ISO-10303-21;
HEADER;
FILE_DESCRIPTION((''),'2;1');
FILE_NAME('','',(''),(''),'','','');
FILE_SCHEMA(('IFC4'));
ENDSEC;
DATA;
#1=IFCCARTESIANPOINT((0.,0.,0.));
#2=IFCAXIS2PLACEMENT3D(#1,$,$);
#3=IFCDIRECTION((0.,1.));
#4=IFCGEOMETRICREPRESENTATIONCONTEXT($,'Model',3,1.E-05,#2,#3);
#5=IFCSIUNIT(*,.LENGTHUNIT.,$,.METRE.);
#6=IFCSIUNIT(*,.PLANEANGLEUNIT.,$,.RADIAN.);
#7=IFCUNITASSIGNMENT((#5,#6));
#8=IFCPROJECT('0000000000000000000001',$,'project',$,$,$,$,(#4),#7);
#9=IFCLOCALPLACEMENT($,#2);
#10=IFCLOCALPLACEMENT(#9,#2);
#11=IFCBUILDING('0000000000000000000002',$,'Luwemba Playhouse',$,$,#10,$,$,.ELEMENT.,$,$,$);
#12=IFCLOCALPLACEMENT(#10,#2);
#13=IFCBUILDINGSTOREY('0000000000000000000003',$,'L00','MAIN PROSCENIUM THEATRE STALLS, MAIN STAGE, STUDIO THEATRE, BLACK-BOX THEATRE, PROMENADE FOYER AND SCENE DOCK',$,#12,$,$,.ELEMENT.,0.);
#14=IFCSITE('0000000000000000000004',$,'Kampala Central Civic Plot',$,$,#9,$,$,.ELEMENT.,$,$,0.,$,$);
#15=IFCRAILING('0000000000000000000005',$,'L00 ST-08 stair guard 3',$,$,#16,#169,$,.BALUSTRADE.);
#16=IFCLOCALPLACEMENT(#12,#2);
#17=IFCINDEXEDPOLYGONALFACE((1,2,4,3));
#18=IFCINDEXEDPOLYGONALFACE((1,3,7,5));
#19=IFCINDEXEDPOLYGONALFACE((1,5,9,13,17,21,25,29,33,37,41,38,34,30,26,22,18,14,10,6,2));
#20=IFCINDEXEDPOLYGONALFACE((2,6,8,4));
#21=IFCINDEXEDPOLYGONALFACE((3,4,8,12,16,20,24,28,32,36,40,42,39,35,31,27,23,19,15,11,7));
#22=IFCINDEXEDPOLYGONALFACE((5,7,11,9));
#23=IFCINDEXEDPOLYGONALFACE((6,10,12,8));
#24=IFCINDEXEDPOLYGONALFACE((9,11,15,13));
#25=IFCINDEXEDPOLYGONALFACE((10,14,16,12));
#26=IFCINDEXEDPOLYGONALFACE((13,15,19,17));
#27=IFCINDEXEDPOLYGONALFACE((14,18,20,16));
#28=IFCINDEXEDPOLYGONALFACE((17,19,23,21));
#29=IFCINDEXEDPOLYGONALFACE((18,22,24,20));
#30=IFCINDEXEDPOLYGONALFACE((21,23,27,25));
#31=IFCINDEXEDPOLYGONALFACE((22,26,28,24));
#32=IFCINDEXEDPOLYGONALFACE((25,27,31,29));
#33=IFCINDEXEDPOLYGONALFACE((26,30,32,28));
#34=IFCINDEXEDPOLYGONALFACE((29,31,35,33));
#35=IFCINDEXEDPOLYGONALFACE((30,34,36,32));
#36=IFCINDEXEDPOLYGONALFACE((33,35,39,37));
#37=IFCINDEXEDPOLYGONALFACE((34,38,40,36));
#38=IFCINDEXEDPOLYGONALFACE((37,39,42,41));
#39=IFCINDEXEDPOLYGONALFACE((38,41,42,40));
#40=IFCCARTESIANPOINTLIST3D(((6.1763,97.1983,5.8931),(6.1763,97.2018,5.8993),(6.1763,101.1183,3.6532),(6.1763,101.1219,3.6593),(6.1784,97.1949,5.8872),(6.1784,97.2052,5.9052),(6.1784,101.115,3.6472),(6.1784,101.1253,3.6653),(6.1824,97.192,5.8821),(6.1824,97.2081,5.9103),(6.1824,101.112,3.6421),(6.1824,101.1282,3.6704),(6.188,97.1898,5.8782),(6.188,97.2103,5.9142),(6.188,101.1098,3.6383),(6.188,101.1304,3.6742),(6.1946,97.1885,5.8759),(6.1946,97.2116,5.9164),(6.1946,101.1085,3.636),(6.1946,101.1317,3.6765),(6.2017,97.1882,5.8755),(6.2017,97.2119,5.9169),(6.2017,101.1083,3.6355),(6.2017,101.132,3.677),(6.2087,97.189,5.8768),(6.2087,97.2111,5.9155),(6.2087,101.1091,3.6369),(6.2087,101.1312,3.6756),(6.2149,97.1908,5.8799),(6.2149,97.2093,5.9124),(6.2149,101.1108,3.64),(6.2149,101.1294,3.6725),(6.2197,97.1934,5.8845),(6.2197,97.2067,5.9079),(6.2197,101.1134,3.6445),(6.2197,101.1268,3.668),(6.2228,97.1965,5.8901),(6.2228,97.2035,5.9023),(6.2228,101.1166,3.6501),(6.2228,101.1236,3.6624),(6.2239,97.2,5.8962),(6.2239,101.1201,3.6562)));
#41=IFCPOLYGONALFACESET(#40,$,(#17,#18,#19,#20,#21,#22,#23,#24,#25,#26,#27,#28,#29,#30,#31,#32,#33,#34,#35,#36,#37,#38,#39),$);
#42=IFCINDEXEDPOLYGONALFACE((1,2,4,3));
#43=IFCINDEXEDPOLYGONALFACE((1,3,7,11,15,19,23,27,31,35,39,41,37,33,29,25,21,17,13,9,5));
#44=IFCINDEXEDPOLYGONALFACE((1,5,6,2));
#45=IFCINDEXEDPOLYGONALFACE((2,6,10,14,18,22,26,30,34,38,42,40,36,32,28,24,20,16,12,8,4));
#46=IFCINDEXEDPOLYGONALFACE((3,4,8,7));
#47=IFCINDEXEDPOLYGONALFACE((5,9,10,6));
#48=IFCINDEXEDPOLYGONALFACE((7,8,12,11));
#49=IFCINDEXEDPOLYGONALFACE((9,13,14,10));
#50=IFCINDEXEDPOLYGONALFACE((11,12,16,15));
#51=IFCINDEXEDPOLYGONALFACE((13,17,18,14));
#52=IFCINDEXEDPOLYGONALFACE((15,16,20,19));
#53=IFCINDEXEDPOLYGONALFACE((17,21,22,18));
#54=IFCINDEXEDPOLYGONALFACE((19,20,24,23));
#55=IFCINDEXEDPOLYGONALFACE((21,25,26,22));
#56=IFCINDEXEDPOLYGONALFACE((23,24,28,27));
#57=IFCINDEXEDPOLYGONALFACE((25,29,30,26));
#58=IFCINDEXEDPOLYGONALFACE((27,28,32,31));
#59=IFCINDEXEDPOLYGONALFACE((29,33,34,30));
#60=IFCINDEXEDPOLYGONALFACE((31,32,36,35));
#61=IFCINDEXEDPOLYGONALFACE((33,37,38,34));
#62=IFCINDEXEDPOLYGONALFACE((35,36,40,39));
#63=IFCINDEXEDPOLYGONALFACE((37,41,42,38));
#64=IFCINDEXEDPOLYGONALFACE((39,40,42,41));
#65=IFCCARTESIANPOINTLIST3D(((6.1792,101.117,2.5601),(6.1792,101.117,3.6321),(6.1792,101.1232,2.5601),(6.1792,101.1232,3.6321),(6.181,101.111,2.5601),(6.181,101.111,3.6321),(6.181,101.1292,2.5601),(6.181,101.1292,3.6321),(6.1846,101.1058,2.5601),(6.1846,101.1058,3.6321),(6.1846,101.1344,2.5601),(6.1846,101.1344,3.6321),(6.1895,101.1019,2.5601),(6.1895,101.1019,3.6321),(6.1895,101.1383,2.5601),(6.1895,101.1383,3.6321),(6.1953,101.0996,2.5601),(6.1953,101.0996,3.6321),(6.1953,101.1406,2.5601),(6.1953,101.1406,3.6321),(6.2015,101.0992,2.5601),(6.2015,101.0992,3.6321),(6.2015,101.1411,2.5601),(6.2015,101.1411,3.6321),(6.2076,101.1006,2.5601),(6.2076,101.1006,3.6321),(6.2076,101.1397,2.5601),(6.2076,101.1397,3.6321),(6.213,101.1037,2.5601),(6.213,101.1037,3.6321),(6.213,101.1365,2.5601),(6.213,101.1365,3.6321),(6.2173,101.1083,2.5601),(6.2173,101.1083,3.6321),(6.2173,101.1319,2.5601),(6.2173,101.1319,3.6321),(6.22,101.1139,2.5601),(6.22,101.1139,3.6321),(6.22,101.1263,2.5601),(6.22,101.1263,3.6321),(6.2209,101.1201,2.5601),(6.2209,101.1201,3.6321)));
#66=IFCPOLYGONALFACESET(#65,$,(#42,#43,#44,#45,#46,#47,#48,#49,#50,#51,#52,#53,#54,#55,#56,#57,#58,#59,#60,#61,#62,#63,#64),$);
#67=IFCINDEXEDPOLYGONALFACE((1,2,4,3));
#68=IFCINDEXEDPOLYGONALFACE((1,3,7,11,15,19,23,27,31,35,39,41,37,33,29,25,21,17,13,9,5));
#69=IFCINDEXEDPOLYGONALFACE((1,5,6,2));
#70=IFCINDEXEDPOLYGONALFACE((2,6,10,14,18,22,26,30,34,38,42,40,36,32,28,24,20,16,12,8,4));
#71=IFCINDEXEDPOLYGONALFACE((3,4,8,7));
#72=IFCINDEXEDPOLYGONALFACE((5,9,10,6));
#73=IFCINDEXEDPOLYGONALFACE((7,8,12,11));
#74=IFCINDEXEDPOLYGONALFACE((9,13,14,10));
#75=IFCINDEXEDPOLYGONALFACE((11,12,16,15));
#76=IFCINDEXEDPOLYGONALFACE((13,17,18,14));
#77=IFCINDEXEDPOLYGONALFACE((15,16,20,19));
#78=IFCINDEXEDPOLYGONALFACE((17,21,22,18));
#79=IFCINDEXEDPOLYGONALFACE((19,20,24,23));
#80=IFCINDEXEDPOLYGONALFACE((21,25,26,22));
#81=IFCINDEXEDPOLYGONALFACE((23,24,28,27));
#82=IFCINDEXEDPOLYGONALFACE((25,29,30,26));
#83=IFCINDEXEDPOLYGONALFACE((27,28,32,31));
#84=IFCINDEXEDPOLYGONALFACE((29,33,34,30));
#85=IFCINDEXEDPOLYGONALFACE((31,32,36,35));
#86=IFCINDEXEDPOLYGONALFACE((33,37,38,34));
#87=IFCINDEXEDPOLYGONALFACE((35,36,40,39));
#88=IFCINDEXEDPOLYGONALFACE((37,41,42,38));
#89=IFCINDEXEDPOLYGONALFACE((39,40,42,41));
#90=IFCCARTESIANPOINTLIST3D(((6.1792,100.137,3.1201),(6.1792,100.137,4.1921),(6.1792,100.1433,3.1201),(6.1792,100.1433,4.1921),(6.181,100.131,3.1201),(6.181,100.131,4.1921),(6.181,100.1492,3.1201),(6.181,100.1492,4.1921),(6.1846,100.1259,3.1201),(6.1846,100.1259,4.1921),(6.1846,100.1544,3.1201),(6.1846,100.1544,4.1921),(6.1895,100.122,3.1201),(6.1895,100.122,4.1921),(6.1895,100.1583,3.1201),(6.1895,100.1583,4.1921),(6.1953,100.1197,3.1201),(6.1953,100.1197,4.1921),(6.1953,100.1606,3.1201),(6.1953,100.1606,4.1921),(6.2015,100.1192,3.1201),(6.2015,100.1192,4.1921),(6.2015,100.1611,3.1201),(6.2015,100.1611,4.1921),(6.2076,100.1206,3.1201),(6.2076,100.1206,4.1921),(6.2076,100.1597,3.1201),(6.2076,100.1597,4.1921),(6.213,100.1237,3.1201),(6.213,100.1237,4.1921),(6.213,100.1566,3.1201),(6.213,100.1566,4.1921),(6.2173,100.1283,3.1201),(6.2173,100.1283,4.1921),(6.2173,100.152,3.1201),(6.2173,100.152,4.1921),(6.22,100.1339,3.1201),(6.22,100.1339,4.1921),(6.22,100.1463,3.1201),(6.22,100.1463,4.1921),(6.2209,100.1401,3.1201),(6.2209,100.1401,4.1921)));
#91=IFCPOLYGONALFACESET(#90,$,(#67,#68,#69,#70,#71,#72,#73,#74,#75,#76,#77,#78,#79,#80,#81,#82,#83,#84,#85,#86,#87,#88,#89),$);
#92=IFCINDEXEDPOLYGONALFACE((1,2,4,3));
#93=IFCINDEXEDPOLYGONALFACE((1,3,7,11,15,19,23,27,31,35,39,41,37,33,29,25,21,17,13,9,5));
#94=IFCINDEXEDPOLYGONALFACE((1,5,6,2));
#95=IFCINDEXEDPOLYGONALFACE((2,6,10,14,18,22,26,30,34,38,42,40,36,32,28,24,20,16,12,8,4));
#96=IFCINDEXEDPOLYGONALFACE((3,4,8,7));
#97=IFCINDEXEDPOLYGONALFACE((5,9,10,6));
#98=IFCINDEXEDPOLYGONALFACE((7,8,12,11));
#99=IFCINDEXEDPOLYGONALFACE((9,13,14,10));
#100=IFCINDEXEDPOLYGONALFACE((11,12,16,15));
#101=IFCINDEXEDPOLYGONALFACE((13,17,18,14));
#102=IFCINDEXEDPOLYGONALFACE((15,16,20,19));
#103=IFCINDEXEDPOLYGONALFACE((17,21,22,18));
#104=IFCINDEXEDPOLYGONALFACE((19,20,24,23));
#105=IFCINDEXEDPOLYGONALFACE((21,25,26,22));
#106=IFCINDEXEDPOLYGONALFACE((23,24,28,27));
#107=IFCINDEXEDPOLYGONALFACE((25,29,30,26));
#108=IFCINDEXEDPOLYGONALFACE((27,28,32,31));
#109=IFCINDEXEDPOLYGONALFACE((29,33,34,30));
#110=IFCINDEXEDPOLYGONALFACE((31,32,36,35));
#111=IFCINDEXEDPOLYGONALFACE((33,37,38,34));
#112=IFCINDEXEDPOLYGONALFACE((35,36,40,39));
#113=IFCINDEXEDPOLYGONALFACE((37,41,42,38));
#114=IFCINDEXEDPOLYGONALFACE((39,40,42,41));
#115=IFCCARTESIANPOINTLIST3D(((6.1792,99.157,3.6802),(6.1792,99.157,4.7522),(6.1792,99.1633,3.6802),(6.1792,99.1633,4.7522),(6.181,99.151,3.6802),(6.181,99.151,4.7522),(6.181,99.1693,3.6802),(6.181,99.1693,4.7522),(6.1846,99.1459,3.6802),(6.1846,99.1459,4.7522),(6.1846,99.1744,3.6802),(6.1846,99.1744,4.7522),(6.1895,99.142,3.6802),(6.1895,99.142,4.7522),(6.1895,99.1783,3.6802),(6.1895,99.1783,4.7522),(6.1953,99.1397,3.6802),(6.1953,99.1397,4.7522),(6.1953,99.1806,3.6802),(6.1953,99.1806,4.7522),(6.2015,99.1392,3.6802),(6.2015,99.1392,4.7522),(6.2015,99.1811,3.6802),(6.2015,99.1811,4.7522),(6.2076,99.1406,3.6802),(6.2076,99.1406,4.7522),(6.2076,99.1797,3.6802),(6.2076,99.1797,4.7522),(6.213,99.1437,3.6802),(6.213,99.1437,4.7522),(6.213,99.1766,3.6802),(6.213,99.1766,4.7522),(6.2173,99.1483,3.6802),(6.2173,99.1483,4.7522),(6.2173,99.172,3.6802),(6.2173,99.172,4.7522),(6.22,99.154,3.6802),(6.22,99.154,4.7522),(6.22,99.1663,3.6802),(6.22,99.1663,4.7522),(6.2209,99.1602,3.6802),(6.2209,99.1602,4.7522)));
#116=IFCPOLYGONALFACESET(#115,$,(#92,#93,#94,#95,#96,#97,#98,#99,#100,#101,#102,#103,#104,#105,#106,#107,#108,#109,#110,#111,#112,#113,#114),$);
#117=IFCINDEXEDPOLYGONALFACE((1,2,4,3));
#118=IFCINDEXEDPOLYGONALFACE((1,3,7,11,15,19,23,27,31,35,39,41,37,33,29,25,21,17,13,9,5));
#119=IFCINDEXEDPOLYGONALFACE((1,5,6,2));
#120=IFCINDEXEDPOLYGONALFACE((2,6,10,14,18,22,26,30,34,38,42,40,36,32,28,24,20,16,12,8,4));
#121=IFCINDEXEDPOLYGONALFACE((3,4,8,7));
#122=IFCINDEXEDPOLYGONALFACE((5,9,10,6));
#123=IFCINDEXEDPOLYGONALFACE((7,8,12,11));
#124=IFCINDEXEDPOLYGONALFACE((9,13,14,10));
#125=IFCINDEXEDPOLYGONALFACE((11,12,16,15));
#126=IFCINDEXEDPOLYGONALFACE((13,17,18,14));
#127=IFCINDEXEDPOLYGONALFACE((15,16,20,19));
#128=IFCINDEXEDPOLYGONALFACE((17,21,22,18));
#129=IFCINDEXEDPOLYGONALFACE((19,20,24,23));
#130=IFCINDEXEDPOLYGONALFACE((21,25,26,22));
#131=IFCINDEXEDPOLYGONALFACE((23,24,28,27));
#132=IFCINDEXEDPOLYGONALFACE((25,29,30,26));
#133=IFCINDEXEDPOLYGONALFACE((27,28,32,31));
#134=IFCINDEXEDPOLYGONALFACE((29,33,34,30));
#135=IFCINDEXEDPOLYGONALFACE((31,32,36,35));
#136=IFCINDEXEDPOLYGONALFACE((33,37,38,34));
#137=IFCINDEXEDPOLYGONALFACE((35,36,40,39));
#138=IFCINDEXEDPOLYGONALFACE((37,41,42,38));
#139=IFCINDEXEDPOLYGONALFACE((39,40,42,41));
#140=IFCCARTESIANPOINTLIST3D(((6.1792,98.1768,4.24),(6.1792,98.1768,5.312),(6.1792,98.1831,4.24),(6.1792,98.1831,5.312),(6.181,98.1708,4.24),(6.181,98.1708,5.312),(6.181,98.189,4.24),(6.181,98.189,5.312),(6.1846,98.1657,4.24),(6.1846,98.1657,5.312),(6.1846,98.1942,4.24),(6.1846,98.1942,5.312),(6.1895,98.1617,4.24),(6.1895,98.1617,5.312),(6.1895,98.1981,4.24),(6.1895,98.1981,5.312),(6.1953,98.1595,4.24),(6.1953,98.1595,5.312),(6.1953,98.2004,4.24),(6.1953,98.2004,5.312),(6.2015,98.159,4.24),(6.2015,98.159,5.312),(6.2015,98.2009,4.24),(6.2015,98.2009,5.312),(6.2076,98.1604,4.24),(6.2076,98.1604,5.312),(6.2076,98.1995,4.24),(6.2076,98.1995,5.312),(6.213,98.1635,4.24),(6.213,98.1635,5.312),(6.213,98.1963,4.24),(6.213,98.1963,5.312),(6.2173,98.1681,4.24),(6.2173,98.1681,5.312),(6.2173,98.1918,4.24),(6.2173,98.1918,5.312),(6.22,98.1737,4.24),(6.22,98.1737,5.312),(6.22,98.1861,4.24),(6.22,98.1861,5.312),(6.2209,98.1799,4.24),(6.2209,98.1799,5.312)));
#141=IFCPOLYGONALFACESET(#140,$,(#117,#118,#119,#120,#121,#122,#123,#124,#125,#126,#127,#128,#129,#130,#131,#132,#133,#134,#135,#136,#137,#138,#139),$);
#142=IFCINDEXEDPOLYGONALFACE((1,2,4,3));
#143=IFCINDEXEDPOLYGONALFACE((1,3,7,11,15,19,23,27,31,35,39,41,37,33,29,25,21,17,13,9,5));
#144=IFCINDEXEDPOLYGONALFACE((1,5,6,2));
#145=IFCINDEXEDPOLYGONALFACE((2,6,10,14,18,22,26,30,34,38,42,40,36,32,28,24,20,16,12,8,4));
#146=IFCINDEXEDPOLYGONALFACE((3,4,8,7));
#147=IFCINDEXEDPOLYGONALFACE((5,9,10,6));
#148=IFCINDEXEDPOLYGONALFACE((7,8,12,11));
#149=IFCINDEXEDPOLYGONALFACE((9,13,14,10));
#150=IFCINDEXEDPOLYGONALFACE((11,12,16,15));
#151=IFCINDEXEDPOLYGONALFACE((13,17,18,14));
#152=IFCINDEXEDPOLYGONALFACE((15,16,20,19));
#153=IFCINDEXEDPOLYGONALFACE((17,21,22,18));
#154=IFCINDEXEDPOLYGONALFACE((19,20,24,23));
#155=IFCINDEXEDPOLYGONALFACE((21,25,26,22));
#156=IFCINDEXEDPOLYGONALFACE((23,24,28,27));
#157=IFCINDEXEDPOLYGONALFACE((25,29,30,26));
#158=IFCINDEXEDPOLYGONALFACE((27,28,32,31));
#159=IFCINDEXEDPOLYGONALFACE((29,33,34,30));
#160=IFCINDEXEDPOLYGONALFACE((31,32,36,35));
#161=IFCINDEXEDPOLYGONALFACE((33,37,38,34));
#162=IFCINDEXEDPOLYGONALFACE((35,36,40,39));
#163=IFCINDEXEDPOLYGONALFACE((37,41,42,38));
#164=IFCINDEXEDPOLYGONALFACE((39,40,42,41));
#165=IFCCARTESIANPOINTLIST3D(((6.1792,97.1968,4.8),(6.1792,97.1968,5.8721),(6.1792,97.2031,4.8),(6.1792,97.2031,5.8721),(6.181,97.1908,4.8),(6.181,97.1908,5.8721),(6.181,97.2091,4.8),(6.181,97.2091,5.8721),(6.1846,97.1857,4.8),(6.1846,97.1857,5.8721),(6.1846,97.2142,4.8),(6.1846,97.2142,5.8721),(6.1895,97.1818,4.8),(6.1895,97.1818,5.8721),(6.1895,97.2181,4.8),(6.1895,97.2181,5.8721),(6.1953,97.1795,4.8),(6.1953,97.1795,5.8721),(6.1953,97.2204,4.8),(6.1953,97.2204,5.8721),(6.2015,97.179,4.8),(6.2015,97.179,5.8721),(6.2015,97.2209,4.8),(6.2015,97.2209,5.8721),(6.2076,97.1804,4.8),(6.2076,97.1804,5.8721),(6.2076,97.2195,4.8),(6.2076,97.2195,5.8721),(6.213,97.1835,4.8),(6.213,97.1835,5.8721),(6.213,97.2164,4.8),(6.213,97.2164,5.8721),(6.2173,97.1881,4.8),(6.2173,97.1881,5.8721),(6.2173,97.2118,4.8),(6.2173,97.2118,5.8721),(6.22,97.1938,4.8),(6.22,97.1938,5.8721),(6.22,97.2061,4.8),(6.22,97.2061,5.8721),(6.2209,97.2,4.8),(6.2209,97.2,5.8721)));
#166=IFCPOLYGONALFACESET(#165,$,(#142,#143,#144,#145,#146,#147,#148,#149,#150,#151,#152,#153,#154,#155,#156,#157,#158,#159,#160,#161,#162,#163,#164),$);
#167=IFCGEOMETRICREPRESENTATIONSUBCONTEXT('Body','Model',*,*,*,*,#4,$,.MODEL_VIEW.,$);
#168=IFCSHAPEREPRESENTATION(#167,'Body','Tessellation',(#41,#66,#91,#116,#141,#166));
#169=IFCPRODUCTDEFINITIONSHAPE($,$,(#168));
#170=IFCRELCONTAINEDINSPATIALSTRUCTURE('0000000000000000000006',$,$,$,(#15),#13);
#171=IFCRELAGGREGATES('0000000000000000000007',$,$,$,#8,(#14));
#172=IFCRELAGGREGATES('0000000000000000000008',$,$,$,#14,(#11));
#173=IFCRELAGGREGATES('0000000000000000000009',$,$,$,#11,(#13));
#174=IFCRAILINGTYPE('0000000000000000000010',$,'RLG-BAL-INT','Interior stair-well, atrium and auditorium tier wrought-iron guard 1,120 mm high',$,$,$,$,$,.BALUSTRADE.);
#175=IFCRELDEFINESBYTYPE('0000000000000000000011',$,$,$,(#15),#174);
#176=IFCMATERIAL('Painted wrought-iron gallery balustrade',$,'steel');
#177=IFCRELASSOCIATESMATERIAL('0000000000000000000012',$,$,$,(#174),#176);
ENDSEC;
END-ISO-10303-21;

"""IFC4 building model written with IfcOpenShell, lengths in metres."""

from ifc_helpers import new_model, si_unit, direction, frame, origin, origin_2d, place, context, subcontext, project, spatial, circle, extrude, material, type_object, element, save


model = new_model("IFC4")

# Units and contexts
model_context = context("Model", 3, precision=1e-05, world=origin(), true_north=direction((0.0, 1.0)))
body_context = subcontext(model_context, "Body", "Model", "MODEL_VIEW")
ifc_project = project(units=[si_unit("LENGTHUNIT", "METRE"), si_unit("PLANEANGLEUNIT", "RADIAN")], contexts=[model_context])

# Site, building, storey
site_placement = place(None, origin())
site = spatial("IfcSite", under=ifc_project, at=site_placement, Name="Kampala Central Civic Plot", CompositionType="ELEMENT", RefElevation=0.0)
building_placement = place(site_placement, origin())
building = spatial("IfcBuilding", under=site, at=building_placement, Name="Luwemba Playhouse", CompositionType="ELEMENT")
storey_placement = place(building_placement, origin())
storey = spatial("IfcBuildingStorey", under=building, at=storey_placement, Name="L00", Description="MAIN PROSCENIUM THEATRE STALLS, MAIN STAGE, STUDIO THEATRE, BLACK-BOX THEATRE, PROMENADE FOYER AND SCENE DOCK", CompositionType="ELEMENT", Elevation=0.0)

# Railing
ifc_material_1 = material(Name="Painted wrought-iron gallery balustrade", Category="steel")
railing_type_1 = type_object("IfcRailingType", Name="RLG-BAL-INT", Description="Interior stair-well, atrium and auditorium tier wrought-iron guard 1,120 mm high", PredefinedType="BALUSTRADE", material=ifc_material_1)
railing_1_placement = place(storey_placement, frame((6.2, 101.1201, 2.5601)))
element("IfcRailing", 1, at=railing_1_placement, inside=storey, type_object=railing_type_1, Name="L00 ST-08 stair guard 3", PredefinedType="BALUSTRADE", context=body_context, shape_type="SweptSolid", body=[
    extrude(circle(Radius=0.0239, at=origin_2d()), frame((0.0, 0.0, 1.0962), z_axis=(0.0, -0.868253, 0.496121), x_axis=(1.0, 0.0, 0.0)), (0.0, 0.0, 1.0), 4.5149),
    extrude(circle(Radius=0.021, at=origin_2d()), origin(), (0.0, 0.0, 1.0), 1.072),
    extrude(circle(Radius=0.021, at=origin_2d()), frame((0.0, -0.98, 0.5601)), (0.0, 0.0, 1.0), 1.072),
    extrude(circle(Radius=0.021, at=origin_2d()), frame((0.0, -1.96, 1.1201)), (0.0, 0.0, 1.0), 1.072),
    extrude(circle(Radius=0.021, at=origin_2d()), frame((0.0, -2.9402, 1.6799)), (0.0, 0.0, 1.0), 1.072),
    extrude(circle(Radius=0.021, at=origin_2d()), frame((0.0, -3.9202, 2.24)), (0.0, 0.0, 1.0), 1.072),
])

save(model, "model.ifc")
